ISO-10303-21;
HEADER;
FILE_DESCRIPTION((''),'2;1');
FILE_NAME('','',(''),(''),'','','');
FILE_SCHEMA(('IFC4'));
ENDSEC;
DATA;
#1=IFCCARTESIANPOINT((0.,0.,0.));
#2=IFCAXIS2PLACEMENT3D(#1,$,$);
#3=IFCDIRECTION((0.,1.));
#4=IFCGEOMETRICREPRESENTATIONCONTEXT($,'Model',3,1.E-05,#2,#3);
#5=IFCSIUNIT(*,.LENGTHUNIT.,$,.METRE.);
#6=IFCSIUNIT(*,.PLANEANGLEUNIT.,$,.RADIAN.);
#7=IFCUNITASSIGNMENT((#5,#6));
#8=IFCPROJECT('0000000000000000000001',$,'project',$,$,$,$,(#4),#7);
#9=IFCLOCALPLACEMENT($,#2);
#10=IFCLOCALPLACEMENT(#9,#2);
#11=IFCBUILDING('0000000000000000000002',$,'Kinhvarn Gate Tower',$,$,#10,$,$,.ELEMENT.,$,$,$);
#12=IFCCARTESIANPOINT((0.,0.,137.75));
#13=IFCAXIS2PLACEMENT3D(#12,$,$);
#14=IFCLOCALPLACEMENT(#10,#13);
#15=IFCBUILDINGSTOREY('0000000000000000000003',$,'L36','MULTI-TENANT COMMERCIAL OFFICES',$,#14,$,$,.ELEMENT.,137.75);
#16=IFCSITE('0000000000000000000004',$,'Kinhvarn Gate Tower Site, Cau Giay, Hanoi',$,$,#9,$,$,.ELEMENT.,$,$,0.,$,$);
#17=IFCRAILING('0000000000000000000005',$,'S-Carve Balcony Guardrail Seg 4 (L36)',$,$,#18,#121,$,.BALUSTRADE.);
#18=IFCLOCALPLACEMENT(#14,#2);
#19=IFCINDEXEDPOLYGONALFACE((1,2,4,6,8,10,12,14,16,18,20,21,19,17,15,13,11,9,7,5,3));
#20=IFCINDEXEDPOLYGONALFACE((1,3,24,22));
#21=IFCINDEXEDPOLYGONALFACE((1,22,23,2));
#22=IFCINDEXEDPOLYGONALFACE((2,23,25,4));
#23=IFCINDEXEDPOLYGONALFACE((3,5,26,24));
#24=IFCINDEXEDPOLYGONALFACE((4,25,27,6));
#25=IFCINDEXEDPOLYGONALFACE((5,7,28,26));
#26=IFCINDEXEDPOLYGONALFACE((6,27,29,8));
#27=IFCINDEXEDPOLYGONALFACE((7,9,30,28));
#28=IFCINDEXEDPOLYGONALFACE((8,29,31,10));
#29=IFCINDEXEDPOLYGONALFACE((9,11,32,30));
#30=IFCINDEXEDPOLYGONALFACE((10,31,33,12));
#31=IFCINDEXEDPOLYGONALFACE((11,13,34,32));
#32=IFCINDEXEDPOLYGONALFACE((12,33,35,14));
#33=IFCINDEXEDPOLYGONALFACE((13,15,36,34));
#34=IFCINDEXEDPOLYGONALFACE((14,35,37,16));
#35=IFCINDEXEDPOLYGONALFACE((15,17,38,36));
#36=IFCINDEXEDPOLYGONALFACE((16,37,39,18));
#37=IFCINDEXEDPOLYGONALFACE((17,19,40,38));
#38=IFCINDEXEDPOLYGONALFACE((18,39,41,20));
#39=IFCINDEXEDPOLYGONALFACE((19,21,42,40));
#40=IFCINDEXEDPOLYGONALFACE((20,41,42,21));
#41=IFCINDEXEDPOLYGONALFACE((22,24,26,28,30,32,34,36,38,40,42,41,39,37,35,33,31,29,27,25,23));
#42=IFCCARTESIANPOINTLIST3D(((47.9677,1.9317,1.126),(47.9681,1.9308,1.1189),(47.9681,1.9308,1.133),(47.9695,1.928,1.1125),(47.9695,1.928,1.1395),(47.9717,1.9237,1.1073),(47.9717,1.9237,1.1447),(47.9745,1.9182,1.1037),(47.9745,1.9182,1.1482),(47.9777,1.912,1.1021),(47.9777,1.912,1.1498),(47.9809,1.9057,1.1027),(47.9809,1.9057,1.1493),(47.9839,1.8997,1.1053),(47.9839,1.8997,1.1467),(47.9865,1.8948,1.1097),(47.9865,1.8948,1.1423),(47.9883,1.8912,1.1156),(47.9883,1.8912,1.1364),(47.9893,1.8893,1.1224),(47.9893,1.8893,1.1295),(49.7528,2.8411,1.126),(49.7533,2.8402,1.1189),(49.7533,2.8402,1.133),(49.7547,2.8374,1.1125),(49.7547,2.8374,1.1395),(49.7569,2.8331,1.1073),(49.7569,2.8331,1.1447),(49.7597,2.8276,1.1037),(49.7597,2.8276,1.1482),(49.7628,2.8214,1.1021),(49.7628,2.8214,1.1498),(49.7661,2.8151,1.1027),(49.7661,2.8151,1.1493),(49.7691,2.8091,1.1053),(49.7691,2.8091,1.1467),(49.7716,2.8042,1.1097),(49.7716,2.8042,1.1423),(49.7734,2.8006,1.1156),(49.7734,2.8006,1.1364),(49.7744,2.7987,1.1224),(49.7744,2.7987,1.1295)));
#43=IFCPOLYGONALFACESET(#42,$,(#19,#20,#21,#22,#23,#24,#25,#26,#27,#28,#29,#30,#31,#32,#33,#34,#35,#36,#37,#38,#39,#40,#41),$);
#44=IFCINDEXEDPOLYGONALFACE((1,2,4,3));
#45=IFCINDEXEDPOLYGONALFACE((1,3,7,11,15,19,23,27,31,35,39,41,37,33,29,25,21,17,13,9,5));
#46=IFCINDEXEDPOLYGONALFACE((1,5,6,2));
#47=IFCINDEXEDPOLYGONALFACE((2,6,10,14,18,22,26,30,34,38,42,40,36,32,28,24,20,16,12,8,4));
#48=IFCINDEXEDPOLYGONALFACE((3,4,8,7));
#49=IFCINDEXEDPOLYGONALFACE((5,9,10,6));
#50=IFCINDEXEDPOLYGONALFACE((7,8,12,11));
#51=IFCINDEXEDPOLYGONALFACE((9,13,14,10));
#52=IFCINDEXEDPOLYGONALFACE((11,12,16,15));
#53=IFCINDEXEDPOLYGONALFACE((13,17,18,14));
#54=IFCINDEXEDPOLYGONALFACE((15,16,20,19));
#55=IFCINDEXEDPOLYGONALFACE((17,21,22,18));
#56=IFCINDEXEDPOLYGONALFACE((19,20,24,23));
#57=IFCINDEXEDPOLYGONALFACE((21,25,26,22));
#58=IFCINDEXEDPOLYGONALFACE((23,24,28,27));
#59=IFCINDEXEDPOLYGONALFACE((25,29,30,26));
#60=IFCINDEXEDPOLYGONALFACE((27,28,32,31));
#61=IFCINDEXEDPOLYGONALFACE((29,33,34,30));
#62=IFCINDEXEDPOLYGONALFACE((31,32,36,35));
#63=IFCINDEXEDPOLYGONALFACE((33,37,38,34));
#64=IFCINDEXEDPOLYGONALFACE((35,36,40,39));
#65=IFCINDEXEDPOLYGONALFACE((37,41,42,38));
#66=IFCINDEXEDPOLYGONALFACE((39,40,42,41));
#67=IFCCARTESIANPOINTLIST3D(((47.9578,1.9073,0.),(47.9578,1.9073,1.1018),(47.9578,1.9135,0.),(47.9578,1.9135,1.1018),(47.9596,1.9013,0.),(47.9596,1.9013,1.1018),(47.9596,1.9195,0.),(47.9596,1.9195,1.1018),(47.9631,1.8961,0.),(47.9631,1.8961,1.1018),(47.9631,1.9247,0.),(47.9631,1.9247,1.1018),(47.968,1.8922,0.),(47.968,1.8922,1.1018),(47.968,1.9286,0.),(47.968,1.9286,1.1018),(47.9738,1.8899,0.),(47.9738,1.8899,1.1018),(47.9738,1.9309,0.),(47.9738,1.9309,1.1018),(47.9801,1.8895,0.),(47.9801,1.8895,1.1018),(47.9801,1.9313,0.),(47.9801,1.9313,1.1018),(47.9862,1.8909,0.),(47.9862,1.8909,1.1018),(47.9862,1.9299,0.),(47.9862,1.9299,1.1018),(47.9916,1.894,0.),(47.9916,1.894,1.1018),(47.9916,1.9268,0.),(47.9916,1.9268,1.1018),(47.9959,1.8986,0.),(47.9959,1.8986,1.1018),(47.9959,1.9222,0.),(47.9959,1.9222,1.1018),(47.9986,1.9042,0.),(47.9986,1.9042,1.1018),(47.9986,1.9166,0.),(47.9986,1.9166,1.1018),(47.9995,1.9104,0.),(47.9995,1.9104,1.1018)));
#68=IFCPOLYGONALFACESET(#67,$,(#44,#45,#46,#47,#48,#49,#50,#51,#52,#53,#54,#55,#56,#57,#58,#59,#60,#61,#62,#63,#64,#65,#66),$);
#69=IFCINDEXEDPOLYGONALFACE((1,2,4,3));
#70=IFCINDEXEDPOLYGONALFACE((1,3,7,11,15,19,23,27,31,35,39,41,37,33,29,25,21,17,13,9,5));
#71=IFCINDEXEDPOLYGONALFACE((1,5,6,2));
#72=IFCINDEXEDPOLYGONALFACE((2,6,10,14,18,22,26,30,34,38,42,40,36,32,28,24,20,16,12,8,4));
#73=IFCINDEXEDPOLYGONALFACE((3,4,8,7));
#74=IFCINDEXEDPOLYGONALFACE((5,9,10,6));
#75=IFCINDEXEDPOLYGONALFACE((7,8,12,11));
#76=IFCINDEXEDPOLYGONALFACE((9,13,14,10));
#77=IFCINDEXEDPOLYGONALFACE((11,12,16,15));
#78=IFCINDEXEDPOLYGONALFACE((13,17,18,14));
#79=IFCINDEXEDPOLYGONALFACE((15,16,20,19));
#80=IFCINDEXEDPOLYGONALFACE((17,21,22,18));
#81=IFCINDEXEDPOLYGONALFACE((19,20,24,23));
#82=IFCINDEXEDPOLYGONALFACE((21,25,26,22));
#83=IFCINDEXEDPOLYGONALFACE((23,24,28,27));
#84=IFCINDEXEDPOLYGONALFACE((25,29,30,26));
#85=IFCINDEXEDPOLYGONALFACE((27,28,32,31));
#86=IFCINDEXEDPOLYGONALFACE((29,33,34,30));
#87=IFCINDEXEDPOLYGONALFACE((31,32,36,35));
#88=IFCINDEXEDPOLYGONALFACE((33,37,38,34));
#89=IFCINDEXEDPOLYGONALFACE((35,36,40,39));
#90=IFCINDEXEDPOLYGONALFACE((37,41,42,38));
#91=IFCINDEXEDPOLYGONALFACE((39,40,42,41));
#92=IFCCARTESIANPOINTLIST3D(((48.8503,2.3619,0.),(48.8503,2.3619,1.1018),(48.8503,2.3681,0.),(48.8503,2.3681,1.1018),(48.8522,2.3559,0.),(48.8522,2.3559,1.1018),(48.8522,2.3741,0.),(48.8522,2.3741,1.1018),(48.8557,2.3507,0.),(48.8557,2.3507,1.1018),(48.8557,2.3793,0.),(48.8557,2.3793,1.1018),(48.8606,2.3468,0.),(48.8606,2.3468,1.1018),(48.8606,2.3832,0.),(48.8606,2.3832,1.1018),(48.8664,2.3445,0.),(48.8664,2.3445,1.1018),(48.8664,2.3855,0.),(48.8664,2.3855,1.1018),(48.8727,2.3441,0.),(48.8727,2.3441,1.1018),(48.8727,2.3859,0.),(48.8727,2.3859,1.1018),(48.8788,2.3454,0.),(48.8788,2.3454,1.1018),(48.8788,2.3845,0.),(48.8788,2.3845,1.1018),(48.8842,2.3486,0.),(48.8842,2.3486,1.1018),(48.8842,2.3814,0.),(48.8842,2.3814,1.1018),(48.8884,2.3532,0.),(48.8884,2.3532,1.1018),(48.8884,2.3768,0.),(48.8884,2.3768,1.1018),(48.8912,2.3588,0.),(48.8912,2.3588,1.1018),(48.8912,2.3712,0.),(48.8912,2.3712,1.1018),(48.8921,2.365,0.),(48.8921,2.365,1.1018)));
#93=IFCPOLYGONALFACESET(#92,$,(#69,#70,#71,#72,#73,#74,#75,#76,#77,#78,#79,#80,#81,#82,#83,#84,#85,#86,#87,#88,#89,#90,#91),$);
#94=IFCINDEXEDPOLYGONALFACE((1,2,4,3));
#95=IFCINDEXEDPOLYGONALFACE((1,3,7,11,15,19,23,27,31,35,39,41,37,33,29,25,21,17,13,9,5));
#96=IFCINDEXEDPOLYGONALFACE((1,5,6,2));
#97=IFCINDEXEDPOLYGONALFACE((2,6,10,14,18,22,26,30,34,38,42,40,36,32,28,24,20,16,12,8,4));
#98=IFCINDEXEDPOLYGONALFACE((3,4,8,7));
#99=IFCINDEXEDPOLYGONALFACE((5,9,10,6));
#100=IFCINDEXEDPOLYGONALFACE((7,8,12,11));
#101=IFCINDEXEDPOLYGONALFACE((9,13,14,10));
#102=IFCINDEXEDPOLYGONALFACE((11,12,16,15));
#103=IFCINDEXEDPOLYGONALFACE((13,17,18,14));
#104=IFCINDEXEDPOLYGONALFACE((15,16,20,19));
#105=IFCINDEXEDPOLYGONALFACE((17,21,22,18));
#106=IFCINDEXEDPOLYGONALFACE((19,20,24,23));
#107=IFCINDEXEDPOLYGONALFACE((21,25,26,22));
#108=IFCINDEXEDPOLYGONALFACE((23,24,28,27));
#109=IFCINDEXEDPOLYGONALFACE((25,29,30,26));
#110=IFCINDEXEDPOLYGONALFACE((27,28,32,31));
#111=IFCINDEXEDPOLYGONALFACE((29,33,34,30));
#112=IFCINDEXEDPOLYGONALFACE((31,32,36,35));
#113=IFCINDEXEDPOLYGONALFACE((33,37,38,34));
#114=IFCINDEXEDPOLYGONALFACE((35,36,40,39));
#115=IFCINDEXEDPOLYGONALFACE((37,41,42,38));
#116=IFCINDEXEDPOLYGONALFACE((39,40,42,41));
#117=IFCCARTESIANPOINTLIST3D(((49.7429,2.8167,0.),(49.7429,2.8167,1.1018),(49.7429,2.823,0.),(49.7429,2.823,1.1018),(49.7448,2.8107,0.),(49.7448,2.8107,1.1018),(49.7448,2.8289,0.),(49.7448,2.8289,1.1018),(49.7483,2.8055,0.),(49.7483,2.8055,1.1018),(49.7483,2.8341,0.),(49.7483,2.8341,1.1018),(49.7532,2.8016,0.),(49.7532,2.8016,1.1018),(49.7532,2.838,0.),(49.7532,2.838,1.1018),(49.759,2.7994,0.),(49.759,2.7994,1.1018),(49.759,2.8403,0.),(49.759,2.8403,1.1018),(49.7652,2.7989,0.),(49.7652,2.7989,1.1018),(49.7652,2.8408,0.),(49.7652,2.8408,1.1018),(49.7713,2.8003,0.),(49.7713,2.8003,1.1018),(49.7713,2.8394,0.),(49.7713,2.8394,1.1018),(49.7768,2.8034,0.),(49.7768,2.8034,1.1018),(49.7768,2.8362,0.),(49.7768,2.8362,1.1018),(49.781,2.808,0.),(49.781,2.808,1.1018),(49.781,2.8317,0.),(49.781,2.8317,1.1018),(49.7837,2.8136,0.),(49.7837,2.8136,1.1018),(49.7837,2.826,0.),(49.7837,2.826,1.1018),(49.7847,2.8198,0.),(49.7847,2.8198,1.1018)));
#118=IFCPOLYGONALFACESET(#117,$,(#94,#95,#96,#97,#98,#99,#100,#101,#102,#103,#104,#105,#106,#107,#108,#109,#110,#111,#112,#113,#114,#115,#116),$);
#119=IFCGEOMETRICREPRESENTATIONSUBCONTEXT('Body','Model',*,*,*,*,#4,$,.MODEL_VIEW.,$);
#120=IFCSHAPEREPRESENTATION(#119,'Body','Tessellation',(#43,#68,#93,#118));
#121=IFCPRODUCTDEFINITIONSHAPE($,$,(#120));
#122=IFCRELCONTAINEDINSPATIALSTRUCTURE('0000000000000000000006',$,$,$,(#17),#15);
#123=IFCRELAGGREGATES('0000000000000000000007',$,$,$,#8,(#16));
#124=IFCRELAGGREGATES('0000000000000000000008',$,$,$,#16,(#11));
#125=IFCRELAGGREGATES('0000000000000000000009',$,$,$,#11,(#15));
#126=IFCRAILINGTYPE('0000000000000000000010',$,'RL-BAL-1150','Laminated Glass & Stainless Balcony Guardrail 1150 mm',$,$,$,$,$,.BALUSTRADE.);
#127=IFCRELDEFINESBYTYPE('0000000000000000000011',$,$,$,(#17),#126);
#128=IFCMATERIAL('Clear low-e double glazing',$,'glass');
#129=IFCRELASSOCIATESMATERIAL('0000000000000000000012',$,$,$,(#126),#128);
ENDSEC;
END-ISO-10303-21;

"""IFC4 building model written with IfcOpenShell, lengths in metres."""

from ifc_helpers import new_model, si_unit, direction, frame, origin, origin_2d, place, context, subcontext, project, spatial, circle, extrude, material, type_object, element, save


model = new_model("IFC4")

# Units and contexts
model_context = context("Model", 3, precision=1e-05, world=origin(), true_north=direction((0.0, 1.0)))
body_context = subcontext(model_context, "Body", "Model", "MODEL_VIEW")
ifc_project = project(units=[si_unit("LENGTHUNIT", "METRE"), si_unit("PLANEANGLEUNIT", "RADIAN")], contexts=[model_context])

# Site, building, storey
site_placement = place(None, origin())
site = spatial("IfcSite", under=ifc_project, at=site_placement, Name="Kinhvarn Gate Tower Site, Cau Giay, Hanoi", CompositionType="ELEMENT", RefElevation=0.0)
building_placement = place(site_placement, origin())
building = spatial("IfcBuilding", under=site, at=building_placement, Name="Kinhvarn Gate Tower", CompositionType="ELEMENT")
storey_placement = place(building_placement, frame((0.0, 0.0, 137.75)))
storey = spatial("IfcBuildingStorey", under=building, at=storey_placement, Name="L36", Description="MULTI-TENANT COMMERCIAL OFFICES", CompositionType="ELEMENT", Elevation=137.75)

# Shared definitions
ifc_material_1 = material(Name="Clear low-e double glazing", Category="glass")

# Railing
railing_type = type_object("IfcRailingType", Name="RL-BAL-1150", Description="Laminated Glass & Stainless Balcony Guardrail 1150 mm", PredefinedType="BALUSTRADE", material=ifc_material_1)
railing_1_placement = place(storey_placement, frame((47.9785, 1.9104, 0.0)))
element("IfcRailing", 1, at=railing_1_placement, inside=storey, type_object=railing_type, Name="S-Carve Balcony Guardrail Seg 4 (L36)", PredefinedType="BALUSTRADE", context=body_context, shape_type="SweptSolid", body=[
    extrude(circle(Radius=0.0239, at=origin_2d()), frame((0.0, 0.0, 1.126), z_axis=(0.891039, 0.453928, 0.0), x_axis=(-0.453928, 0.891039, 0.0)), (0.0, 0.0, 1.0), 2.0034),
    extrude(circle(Radius=0.021, at=origin_2d()), origin(), (0.0, 0.0, 1.0), 1.1018),
    extrude(circle(Radius=0.021, at=origin_2d()), frame((0.8926, 0.4546, 0.0)), (0.0, 0.0, 1.0), 1.1018),
    extrude(circle(Radius=0.021, at=origin_2d()), frame((1.7852, 0.9094, 0.0)), (0.0, 0.0, 1.0), 1.1018),
])

save(model, "model.ifc")
